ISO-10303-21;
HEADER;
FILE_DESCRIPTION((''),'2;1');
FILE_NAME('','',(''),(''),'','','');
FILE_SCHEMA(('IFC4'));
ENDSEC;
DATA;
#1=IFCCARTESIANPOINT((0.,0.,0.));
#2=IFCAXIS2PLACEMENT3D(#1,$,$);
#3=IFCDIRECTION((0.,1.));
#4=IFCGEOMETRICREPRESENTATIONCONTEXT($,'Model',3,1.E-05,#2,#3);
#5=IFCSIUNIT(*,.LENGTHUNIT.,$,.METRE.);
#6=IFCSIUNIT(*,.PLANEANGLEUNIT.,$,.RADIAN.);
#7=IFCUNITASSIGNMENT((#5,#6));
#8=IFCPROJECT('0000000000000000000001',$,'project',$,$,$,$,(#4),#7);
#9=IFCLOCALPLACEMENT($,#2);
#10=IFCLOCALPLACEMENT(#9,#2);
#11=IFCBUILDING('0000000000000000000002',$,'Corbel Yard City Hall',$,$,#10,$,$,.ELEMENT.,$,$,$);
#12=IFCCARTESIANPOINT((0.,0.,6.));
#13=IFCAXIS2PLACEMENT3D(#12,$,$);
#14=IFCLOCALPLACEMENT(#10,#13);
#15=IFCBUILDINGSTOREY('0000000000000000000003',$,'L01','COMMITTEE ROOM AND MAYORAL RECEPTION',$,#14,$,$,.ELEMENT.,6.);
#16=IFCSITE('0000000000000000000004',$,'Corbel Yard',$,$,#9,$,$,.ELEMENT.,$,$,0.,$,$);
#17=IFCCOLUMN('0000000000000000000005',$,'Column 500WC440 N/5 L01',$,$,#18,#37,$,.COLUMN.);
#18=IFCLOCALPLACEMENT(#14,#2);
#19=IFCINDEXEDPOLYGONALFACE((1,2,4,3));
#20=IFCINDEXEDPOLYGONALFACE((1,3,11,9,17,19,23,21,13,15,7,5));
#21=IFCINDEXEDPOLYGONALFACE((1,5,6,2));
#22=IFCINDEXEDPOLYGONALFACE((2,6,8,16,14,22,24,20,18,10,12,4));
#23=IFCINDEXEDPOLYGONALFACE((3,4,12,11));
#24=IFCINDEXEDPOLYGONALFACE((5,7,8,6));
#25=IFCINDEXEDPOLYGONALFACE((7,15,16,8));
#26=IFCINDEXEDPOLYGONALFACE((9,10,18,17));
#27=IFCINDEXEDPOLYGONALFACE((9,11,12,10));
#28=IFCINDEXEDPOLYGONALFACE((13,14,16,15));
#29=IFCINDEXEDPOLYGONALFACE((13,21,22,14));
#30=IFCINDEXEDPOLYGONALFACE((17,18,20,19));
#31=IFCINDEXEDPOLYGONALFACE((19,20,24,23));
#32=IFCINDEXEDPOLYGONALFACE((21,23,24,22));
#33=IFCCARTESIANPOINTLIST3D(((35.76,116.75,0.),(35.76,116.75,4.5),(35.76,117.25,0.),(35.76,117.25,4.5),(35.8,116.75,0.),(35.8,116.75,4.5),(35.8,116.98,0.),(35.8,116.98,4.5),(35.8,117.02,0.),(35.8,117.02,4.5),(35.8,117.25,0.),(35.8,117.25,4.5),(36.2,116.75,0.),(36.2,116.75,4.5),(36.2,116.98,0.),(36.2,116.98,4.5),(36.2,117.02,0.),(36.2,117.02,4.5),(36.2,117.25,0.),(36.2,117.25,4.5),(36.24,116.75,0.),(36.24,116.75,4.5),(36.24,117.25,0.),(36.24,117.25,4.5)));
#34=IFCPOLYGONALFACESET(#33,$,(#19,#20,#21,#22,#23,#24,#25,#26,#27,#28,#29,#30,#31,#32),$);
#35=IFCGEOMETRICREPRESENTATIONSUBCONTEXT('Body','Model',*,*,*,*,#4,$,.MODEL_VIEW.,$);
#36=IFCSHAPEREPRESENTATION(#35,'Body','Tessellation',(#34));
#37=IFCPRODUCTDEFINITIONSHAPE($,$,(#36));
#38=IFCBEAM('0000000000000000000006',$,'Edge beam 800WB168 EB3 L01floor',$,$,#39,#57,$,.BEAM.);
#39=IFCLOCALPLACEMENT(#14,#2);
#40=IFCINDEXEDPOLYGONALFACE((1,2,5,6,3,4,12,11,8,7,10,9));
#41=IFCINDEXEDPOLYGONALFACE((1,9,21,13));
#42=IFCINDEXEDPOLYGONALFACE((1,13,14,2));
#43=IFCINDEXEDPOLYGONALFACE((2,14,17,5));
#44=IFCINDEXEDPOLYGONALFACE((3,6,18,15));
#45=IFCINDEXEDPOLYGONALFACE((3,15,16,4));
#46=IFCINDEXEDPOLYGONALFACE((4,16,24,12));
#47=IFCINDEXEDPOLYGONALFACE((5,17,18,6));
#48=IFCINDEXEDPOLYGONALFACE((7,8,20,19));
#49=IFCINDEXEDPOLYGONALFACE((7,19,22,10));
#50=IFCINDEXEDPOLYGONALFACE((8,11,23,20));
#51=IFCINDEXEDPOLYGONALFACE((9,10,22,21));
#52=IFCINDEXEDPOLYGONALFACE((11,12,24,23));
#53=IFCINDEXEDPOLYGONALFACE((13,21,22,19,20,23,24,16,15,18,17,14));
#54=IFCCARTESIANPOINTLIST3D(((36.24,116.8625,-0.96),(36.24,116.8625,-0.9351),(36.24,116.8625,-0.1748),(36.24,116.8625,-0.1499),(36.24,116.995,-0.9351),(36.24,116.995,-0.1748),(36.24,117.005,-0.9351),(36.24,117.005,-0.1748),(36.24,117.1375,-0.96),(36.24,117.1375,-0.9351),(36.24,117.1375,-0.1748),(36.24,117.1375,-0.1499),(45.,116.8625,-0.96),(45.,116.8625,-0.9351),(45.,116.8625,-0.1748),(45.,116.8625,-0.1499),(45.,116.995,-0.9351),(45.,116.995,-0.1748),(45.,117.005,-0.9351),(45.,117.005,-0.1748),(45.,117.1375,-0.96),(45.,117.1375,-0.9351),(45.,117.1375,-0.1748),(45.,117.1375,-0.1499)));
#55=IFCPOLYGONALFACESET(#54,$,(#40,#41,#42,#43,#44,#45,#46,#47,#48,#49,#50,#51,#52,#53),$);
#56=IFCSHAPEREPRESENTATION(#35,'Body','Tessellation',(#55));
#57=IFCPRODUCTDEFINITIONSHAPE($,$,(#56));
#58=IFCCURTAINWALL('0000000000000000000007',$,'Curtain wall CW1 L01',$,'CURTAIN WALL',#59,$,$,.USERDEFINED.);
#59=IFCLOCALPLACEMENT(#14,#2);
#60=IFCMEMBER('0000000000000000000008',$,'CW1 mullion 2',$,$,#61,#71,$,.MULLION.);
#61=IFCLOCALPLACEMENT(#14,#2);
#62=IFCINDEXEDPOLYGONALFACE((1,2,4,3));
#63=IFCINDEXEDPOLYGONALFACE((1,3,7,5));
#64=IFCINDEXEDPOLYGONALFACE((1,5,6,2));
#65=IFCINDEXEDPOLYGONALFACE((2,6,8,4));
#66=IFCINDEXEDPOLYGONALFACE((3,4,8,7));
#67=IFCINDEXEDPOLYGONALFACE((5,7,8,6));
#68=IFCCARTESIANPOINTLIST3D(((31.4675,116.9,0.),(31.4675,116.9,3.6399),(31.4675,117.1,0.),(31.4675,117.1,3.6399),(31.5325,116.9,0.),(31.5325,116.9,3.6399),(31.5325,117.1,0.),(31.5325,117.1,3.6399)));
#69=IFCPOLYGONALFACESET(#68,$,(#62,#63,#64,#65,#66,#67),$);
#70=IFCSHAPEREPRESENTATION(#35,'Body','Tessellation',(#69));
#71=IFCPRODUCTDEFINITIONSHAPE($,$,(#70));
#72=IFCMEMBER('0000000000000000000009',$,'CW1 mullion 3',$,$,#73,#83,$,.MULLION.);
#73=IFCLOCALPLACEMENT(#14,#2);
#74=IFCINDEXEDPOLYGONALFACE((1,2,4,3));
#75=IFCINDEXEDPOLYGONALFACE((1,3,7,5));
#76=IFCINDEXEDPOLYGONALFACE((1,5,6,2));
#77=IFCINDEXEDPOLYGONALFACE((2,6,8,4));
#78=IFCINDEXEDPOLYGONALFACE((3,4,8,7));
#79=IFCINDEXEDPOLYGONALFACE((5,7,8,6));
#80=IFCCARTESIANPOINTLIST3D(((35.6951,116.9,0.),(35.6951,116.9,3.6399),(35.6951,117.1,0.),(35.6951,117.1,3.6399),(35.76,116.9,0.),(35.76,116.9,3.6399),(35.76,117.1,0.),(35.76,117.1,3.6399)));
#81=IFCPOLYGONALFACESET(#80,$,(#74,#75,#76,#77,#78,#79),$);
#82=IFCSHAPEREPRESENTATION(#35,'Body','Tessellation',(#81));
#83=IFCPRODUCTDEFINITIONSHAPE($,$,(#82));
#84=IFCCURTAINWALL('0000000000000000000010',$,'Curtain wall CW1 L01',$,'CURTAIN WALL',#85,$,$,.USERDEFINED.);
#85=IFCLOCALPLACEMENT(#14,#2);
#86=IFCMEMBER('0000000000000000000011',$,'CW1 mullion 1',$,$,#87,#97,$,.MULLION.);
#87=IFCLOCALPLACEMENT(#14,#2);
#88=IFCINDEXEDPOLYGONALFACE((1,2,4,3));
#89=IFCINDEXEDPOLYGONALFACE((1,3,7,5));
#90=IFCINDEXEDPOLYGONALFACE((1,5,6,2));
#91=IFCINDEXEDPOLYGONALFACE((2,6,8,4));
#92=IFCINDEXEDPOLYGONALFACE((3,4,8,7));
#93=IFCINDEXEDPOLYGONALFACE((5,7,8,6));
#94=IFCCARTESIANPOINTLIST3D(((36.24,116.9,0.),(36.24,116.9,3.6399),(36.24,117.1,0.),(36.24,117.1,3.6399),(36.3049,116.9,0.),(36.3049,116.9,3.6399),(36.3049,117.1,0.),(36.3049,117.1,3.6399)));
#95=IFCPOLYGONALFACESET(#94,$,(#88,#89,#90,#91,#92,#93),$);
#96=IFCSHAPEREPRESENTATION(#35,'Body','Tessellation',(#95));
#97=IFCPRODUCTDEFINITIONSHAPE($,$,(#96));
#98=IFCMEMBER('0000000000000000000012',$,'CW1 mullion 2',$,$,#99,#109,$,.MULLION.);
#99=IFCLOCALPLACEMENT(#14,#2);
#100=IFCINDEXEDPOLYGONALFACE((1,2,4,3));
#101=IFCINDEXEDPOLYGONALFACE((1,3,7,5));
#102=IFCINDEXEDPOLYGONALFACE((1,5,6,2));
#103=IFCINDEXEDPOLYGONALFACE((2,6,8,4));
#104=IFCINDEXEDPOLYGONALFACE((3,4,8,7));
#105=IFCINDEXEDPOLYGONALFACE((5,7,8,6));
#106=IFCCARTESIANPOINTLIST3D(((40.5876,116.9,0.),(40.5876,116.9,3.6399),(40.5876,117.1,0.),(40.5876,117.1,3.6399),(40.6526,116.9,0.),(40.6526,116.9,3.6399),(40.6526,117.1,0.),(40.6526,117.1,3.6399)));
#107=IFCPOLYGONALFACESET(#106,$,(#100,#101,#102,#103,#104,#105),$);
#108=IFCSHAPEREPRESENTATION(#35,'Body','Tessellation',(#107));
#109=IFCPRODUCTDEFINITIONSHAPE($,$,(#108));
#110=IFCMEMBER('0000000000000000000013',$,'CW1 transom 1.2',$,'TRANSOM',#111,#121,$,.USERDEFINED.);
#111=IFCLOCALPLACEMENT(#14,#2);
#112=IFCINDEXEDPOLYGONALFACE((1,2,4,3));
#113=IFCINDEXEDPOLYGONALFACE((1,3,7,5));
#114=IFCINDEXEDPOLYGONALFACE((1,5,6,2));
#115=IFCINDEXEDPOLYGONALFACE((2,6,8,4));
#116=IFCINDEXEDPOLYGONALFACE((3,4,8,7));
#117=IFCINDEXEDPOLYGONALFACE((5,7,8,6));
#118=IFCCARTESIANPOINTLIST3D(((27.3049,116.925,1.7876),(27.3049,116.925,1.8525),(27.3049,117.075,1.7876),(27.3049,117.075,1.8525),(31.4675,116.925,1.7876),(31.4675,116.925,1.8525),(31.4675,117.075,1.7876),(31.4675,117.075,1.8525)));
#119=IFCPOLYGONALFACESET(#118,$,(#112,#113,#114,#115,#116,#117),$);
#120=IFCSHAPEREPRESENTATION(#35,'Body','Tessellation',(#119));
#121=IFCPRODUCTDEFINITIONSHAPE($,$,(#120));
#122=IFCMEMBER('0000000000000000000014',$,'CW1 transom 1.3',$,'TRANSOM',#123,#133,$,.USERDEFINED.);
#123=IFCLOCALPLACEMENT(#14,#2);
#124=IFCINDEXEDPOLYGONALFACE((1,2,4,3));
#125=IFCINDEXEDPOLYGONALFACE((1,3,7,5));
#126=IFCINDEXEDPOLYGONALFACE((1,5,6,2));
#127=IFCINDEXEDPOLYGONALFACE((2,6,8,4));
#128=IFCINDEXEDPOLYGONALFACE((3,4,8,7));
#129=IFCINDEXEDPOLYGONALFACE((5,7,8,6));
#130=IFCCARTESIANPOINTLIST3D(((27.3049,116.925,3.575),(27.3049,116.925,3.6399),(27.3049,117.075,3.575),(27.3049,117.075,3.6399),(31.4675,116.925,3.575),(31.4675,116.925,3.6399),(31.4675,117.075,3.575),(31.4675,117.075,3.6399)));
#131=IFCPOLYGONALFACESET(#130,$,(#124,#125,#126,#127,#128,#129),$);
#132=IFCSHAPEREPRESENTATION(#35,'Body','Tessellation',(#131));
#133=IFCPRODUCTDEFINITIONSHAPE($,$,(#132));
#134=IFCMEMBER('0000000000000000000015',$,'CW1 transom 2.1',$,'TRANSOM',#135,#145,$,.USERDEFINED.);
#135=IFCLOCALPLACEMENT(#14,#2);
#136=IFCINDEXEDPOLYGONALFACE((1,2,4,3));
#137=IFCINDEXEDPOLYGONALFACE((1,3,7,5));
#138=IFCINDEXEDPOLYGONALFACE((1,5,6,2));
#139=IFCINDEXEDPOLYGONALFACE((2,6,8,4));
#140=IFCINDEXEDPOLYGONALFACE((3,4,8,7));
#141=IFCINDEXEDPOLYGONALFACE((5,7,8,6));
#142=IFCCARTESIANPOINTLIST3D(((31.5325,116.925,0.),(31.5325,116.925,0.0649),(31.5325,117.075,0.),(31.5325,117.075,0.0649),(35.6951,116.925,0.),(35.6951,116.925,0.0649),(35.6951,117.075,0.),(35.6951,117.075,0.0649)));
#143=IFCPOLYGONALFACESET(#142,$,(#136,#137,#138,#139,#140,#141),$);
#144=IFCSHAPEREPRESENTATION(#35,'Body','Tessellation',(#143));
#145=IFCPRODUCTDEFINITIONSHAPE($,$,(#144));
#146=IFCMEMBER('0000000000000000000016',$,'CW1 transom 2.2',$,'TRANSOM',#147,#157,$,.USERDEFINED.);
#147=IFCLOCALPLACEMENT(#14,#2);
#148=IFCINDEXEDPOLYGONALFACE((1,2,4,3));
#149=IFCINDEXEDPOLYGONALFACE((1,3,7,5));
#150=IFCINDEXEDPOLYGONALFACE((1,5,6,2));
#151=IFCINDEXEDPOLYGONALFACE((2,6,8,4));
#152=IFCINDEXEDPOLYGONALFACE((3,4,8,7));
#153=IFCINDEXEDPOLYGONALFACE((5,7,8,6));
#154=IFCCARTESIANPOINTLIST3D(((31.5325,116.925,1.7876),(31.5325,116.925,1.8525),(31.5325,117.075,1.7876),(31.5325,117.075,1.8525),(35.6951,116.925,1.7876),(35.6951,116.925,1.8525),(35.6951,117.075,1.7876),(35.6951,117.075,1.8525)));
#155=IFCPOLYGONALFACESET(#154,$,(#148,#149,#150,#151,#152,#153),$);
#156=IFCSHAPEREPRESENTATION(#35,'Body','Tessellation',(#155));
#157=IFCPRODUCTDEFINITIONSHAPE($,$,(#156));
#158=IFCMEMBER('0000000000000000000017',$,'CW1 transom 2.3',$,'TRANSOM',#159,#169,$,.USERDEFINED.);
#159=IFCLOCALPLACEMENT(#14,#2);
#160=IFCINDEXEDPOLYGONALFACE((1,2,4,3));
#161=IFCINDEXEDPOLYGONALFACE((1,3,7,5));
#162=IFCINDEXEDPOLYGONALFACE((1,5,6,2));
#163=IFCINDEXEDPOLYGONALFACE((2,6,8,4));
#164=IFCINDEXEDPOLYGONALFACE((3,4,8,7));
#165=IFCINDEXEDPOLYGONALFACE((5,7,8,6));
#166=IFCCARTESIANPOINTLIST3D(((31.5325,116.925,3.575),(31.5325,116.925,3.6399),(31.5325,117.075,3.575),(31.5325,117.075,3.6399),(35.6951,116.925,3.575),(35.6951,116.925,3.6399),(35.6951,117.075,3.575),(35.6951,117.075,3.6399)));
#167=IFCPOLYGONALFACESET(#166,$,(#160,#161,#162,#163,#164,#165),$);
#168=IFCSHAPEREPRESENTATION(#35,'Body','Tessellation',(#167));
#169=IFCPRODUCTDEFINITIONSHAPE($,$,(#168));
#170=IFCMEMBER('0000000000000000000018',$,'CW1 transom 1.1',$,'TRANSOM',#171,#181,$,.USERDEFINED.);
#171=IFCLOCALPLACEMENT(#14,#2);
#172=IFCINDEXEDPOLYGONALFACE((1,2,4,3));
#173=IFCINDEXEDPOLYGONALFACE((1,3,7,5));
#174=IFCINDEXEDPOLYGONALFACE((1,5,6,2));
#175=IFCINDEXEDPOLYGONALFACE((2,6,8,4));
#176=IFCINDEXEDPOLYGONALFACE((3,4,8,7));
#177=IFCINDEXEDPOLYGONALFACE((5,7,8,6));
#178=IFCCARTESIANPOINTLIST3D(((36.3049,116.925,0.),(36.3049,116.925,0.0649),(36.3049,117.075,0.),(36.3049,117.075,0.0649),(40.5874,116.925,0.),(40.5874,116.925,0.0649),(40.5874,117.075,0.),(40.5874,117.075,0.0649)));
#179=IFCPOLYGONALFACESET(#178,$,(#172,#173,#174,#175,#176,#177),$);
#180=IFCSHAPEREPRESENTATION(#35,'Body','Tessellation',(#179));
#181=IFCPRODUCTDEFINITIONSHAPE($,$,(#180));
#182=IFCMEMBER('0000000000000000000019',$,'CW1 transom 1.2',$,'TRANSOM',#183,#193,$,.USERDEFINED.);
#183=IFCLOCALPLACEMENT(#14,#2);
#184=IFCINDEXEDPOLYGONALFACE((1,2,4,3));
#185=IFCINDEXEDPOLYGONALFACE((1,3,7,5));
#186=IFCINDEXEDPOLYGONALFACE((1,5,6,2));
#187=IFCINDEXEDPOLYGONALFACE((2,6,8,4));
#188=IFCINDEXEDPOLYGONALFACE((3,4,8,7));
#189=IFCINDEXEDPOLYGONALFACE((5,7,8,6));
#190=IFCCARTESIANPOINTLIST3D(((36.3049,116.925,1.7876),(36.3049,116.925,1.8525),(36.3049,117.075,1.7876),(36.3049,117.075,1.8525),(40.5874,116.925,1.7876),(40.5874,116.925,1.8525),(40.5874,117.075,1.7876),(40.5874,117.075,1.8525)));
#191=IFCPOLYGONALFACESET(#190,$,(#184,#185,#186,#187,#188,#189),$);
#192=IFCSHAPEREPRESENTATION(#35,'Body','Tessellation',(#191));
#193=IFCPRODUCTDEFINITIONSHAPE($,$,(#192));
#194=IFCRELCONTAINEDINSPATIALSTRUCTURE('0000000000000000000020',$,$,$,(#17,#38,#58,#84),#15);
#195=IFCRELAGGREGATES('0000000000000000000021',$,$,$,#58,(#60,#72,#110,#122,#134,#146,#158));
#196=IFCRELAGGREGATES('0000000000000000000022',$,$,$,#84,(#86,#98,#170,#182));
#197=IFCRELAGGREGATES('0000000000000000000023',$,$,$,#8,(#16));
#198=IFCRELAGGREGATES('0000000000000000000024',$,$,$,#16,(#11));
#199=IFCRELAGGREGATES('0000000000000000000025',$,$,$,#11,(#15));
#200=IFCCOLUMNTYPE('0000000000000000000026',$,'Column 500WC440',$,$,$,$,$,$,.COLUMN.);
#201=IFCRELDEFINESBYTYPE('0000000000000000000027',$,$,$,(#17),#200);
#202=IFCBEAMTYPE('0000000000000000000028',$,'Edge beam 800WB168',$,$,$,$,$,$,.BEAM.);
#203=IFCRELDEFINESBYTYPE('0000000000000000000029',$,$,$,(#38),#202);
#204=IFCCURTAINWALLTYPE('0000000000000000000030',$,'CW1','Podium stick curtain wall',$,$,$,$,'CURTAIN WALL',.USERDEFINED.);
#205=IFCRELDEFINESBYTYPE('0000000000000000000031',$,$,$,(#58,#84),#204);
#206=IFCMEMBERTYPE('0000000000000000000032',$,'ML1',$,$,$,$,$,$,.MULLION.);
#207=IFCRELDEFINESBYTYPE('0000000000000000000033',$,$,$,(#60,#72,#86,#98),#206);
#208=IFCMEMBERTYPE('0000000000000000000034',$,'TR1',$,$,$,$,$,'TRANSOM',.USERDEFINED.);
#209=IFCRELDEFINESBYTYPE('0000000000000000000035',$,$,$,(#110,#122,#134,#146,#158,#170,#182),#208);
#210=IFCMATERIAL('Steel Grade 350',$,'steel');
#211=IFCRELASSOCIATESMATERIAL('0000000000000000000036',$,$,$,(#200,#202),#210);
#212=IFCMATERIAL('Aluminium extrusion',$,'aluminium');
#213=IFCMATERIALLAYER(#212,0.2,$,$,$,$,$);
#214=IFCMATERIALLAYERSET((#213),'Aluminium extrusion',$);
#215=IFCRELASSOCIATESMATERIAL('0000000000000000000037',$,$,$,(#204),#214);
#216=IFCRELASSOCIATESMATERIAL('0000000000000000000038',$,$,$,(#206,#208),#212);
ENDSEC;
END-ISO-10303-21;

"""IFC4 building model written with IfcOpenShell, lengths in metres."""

from ifc_helpers import new_model, si_unit, direction, frame, origin, origin_2d, place, context, subcontext, project, spatial, rectangle, i_section, extrude, material, layer, layer_set, material_profile, profile_set, type_object, element, aggregate, save


model = new_model("IFC4")

# Units and contexts
model_context = context("Model", 3, precision=1e-05, world=origin(), true_north=direction((0.0, 1.0)))
body_context = subcontext(model_context, "Body", "Model", "MODEL_VIEW")
ifc_project = project(units=[si_unit("LENGTHUNIT", "METRE"), si_unit("PLANEANGLEUNIT", "RADIAN")], contexts=[model_context])

# Site, building, storey
site_placement = place(None, origin())
site = spatial("IfcSite", under=ifc_project, at=site_placement, Name="Corbel Yard", CompositionType="ELEMENT", RefElevation=0.0)
building_placement = place(site_placement, origin())
building = spatial("IfcBuilding", under=site, at=building_placement, Name="Corbel Yard City Hall", CompositionType="ELEMENT")
storey_placement = place(building_placement, frame((0.0, 0.0, 6.0)))
storey = spatial("IfcBuildingStorey", under=building, at=storey_placement, Name="L01", Description="COMMITTEE ROOM AND MAYORAL RECEPTION", CompositionType="ELEMENT", Elevation=6.0)

# Column
ifc_material_1 = material(Name="Steel Grade 350", Category="steel")
ifc_material_profile_1 = material_profile(ifc_material_1, i_section(OverallWidth=0.5, OverallDepth=0.48, WebThickness=0.04, FlangeThickness=0.04, at=origin_2d()), Name="500WC440")
ifc_profile_set_1 = profile_set([ifc_material_profile_1], Name="Steel Grade 350")
column_type = type_object("IfcColumnType", Name="Column 500WC440", PredefinedType="COLUMN", material=ifc_profile_set_1)
column_placement = place(storey_placement, frame((36.0, 117.0, 0.0), z_axis=(0.0, 0.0, 1.0), x_axis=(0.0, 1.0, 0.0)))
element("IfcColumn", 1, at=column_placement, inside=storey, type_object=column_type, Name="Column 500WC440 N/5 L01", PredefinedType="COLUMN", context=body_context, shape_type="SweptSolid", body=[
    extrude(i_section(OverallWidth=0.5, OverallDepth=0.48, WebThickness=0.04, FlangeThickness=0.04, at=origin_2d()), origin(), (0.0, 0.0, 1.0), 4.5),
])

# Beam
ifc_material_profile_2 = material_profile(ifc_material_1, i_section(OverallWidth=0.2749, OverallDepth=0.8101, WebThickness=0.01, FlangeThickness=0.0249, at=origin_2d()), Name="800WB168")
ifc_profile_set_2 = profile_set([ifc_material_profile_2], Name="Steel Grade 350")
beam_type = type_object("IfcBeamType", Name="Edge beam 800WB168", PredefinedType="BEAM", material=ifc_profile_set_2)
beam_placement = place(storey_placement, frame((36.24, 117.0, -0.5549), z_axis=(1.0, 0.0, 0.0), x_axis=(0.0, 1.0, 0.0)))
element("IfcBeam", 2, at=beam_placement, inside=storey, type_object=beam_type, Name="Edge beam 800WB168 EB3 L01floor", PredefinedType="BEAM", context=body_context, shape_type="SweptSolid", body=[
    extrude(i_section(OverallWidth=0.2749, OverallDepth=0.8101, WebThickness=0.01, FlangeThickness=0.0249, at=origin_2d()), origin(), (0.0, 0.0, 1.0), 8.76),
])

# Curtain walls, members
ifc_material_2 = material(Name="Aluminium extrusion", Category="aluminium")
ifc_layer_1 = layer(ifc_material_2, 0.2)
ifc_layer_set_1 = layer_set([ifc_layer_1], Name="Aluminium extrusion")
curtain_wall_type = type_object("IfcCurtainWallType", Name="CW1", Description="Podium stick curtain wall", ElementType="CURTAIN WALL", PredefinedType="USERDEFINED", material=ifc_layer_set_1)
curtain_wall_1_placement = place(storey_placement, origin())
curtain_wall_1 = element("IfcCurtainWall", 3, at=curtain_wall_1_placement, inside=storey, type_object=curtain_wall_type, Name="Curtain wall CW1 L01", ObjectType="CURTAIN WALL", PredefinedType="USERDEFINED")
ifc_material_profile_3 = material_profile(ifc_material_2, rectangle(XDim=0.2, YDim=0.0649, at=origin_2d()), Name="200x65")
ifc_profile_set_3 = profile_set([ifc_material_profile_3], Name="Aluminium extrusion")
member_type_1 = type_object("IfcMemberType", Name="ML1", PredefinedType="MULLION", material=ifc_profile_set_3)
member_1_placement = place(storey_placement, frame((31.5, 117.0, 0.0), z_axis=(0.0, 0.0, 1.0), x_axis=(0.0, 1.0, 0.0)))
member_1 = element("IfcMember", 4, at=member_1_placement, type_object=member_type_1, Name="CW1 mullion 2", PredefinedType="MULLION", context=body_context, shape_type="SweptSolid", body=[
    extrude(rectangle(XDim=0.2, YDim=0.0649, at=origin_2d()), origin(), (0.0, 0.0, 1.0), 3.6399),
])
member_2_placement = place(storey_placement, frame((35.7275, 117.0, 0.0), z_axis=(0.0, 0.0, 1.0), x_axis=(0.0, 1.0, 0.0)))
member_2 = element("IfcMember", 5, at=member_2_placement, type_object=member_type_1, Name="CW1 mullion 3", PredefinedType="MULLION", context=body_context, shape_type="SweptSolid", body=[
    extrude(rectangle(XDim=0.2, YDim=0.0649, at=origin_2d()), origin(), (0.0, 0.0, 1.0), 3.6399),
])
curtain_wall_2_placement = place(storey_placement, origin())
curtain_wall_2 = element("IfcCurtainWall", 6, at=curtain_wall_2_placement, inside=storey, type_object=curtain_wall_type, Name="Curtain wall CW1 L01", ObjectType="CURTAIN WALL", PredefinedType="USERDEFINED")
member_3_placement = place(storey_placement, frame((36.2725, 117.0, 0.0), z_axis=(0.0, 0.0, 1.0), x_axis=(0.0, 1.0, 0.0)))
member_3 = element("IfcMember", 7, at=member_3_placement, type_object=member_type_1, Name="CW1 mullion 1", PredefinedType="MULLION", context=body_context, shape_type="SweptSolid", body=[
    extrude(rectangle(XDim=0.2, YDim=0.0649, at=origin_2d()), origin(), (0.0, 0.0, 1.0), 3.6399),
])
member_4_placement = place(storey_placement, frame((40.6201, 117.0, 0.0), z_axis=(0.0, 0.0, 1.0), x_axis=(0.0, 1.0, 0.0)))
member_4 = element("IfcMember", 8, at=member_4_placement, type_object=member_type_1, Name="CW1 mullion 2", PredefinedType="MULLION", context=body_context, shape_type="SweptSolid", body=[
    extrude(rectangle(XDim=0.2, YDim=0.0649, at=origin_2d()), origin(), (0.0, 0.0, 1.0), 3.6399),
])

# Members
ifc_material_profile_4 = material_profile(ifc_material_2, rectangle(XDim=0.1499, YDim=0.0649, at=origin_2d()), Name="150x65")
ifc_profile_set_4 = profile_set([ifc_material_profile_4], Name="Aluminium extrusion")
member_type_2 = type_object("IfcMemberType", Name="TR1", ElementType="TRANSOM", PredefinedType="USERDEFINED", material=ifc_profile_set_4)
member_5_placement = place(storey_placement, frame((27.3049, 117.0, 1.8201), z_axis=(1.0, 0.0, 0.0), x_axis=(0.0, 1.0, 0.0)))
member_5 = element("IfcMember", 9, at=member_5_placement, type_object=member_type_2, Name="CW1 transom 1.2", ObjectType="TRANSOM", PredefinedType="USERDEFINED", context=body_context, shape_type="SweptSolid", body=[
    extrude(rectangle(XDim=0.1499, YDim=0.0649, at=origin_2d()), origin(), (0.0, 0.0, 1.0), 4.1626),
])
member_6_placement = place(storey_placement, frame((27.3049, 117.0, 3.6074), z_axis=(1.0, 0.0, 0.0), x_axis=(0.0, 1.0, 0.0)))
member_6 = element("IfcMember", 10, at=member_6_placement, type_object=member_type_2, Name="CW1 transom 1.3", ObjectType="TRANSOM", PredefinedType="USERDEFINED", context=body_context, shape_type="SweptSolid", body=[
    extrude(rectangle(XDim=0.1499, YDim=0.0649, at=origin_2d()), origin(), (0.0, 0.0, 1.0), 4.1626),
])
member_7_placement = place(storey_placement, frame((31.5325, 117.0, 0.0325), z_axis=(1.0, 0.0, 0.0), x_axis=(0.0, 1.0, 0.0)))
member_7 = element("IfcMember", 11, at=member_7_placement, type_object=member_type_2, Name="CW1 transom 2.1", ObjectType="TRANSOM", PredefinedType="USERDEFINED", context=body_context, shape_type="SweptSolid", body=[
    extrude(rectangle(XDim=0.1499, YDim=0.0649, at=origin_2d()), origin(), (0.0, 0.0, 1.0), 4.1626),
])
member_8_placement = place(storey_placement, frame((31.5325, 117.0, 1.8201), z_axis=(1.0, 0.0, 0.0), x_axis=(0.0, 1.0, 0.0)))
member_8 = element("IfcMember", 12, at=member_8_placement, type_object=member_type_2, Name="CW1 transom 2.2", ObjectType="TRANSOM", PredefinedType="USERDEFINED", context=body_context, shape_type="SweptSolid", body=[
    extrude(rectangle(XDim=0.1499, YDim=0.0649, at=origin_2d()), origin(), (0.0, 0.0, 1.0), 4.1626),
])
member_9_placement = place(storey_placement, frame((31.5325, 117.0, 3.6074), z_axis=(1.0, 0.0, 0.0), x_axis=(0.0, 1.0, 0.0)))
member_9 = element("IfcMember", 13, at=member_9_placement, type_object=member_type_2, Name="CW1 transom 2.3", ObjectType="TRANSOM", PredefinedType="USERDEFINED", context=body_context, shape_type="SweptSolid", body=[
    extrude(rectangle(XDim=0.1499, YDim=0.0649, at=origin_2d()), origin(), (0.0, 0.0, 1.0), 4.1626),
])
member_10_placement = place(storey_placement, frame((36.3049, 117.0, 0.0325), z_axis=(1.0, 0.0, 0.0), x_axis=(0.0, 1.0, 0.0)))
member_10 = element("IfcMember", 14, at=member_10_placement, type_object=member_type_2, Name="CW1 transom 1.1", ObjectType="TRANSOM", PredefinedType="USERDEFINED", context=body_context, shape_type="SweptSolid", body=[
    extrude(rectangle(XDim=0.1499, YDim=0.0649, at=origin_2d()), origin(), (0.0, 0.0, 1.0), 4.2825),
])
member_11_placement = place(storey_placement, frame((36.3049, 117.0, 1.8201), z_axis=(1.0, 0.0, 0.0), x_axis=(0.0, 1.0, 0.0)))
member_11 = element("IfcMember", 15, at=member_11_placement, type_object=member_type_2, Name="CW1 transom 1.2", ObjectType="TRANSOM", PredefinedType="USERDEFINED", context=body_context, shape_type="SweptSolid", body=[
    extrude(rectangle(XDim=0.1499, YDim=0.0649, at=origin_2d()), origin(), (0.0, 0.0, 1.0), 4.2825),
])

aggregate(curtain_wall_1, [member_1, member_2, member_5, member_6, member_7, member_8, member_9])
aggregate(curtain_wall_2, [member_3, member_4, member_10, member_11])

save(model, "model.ifc")
